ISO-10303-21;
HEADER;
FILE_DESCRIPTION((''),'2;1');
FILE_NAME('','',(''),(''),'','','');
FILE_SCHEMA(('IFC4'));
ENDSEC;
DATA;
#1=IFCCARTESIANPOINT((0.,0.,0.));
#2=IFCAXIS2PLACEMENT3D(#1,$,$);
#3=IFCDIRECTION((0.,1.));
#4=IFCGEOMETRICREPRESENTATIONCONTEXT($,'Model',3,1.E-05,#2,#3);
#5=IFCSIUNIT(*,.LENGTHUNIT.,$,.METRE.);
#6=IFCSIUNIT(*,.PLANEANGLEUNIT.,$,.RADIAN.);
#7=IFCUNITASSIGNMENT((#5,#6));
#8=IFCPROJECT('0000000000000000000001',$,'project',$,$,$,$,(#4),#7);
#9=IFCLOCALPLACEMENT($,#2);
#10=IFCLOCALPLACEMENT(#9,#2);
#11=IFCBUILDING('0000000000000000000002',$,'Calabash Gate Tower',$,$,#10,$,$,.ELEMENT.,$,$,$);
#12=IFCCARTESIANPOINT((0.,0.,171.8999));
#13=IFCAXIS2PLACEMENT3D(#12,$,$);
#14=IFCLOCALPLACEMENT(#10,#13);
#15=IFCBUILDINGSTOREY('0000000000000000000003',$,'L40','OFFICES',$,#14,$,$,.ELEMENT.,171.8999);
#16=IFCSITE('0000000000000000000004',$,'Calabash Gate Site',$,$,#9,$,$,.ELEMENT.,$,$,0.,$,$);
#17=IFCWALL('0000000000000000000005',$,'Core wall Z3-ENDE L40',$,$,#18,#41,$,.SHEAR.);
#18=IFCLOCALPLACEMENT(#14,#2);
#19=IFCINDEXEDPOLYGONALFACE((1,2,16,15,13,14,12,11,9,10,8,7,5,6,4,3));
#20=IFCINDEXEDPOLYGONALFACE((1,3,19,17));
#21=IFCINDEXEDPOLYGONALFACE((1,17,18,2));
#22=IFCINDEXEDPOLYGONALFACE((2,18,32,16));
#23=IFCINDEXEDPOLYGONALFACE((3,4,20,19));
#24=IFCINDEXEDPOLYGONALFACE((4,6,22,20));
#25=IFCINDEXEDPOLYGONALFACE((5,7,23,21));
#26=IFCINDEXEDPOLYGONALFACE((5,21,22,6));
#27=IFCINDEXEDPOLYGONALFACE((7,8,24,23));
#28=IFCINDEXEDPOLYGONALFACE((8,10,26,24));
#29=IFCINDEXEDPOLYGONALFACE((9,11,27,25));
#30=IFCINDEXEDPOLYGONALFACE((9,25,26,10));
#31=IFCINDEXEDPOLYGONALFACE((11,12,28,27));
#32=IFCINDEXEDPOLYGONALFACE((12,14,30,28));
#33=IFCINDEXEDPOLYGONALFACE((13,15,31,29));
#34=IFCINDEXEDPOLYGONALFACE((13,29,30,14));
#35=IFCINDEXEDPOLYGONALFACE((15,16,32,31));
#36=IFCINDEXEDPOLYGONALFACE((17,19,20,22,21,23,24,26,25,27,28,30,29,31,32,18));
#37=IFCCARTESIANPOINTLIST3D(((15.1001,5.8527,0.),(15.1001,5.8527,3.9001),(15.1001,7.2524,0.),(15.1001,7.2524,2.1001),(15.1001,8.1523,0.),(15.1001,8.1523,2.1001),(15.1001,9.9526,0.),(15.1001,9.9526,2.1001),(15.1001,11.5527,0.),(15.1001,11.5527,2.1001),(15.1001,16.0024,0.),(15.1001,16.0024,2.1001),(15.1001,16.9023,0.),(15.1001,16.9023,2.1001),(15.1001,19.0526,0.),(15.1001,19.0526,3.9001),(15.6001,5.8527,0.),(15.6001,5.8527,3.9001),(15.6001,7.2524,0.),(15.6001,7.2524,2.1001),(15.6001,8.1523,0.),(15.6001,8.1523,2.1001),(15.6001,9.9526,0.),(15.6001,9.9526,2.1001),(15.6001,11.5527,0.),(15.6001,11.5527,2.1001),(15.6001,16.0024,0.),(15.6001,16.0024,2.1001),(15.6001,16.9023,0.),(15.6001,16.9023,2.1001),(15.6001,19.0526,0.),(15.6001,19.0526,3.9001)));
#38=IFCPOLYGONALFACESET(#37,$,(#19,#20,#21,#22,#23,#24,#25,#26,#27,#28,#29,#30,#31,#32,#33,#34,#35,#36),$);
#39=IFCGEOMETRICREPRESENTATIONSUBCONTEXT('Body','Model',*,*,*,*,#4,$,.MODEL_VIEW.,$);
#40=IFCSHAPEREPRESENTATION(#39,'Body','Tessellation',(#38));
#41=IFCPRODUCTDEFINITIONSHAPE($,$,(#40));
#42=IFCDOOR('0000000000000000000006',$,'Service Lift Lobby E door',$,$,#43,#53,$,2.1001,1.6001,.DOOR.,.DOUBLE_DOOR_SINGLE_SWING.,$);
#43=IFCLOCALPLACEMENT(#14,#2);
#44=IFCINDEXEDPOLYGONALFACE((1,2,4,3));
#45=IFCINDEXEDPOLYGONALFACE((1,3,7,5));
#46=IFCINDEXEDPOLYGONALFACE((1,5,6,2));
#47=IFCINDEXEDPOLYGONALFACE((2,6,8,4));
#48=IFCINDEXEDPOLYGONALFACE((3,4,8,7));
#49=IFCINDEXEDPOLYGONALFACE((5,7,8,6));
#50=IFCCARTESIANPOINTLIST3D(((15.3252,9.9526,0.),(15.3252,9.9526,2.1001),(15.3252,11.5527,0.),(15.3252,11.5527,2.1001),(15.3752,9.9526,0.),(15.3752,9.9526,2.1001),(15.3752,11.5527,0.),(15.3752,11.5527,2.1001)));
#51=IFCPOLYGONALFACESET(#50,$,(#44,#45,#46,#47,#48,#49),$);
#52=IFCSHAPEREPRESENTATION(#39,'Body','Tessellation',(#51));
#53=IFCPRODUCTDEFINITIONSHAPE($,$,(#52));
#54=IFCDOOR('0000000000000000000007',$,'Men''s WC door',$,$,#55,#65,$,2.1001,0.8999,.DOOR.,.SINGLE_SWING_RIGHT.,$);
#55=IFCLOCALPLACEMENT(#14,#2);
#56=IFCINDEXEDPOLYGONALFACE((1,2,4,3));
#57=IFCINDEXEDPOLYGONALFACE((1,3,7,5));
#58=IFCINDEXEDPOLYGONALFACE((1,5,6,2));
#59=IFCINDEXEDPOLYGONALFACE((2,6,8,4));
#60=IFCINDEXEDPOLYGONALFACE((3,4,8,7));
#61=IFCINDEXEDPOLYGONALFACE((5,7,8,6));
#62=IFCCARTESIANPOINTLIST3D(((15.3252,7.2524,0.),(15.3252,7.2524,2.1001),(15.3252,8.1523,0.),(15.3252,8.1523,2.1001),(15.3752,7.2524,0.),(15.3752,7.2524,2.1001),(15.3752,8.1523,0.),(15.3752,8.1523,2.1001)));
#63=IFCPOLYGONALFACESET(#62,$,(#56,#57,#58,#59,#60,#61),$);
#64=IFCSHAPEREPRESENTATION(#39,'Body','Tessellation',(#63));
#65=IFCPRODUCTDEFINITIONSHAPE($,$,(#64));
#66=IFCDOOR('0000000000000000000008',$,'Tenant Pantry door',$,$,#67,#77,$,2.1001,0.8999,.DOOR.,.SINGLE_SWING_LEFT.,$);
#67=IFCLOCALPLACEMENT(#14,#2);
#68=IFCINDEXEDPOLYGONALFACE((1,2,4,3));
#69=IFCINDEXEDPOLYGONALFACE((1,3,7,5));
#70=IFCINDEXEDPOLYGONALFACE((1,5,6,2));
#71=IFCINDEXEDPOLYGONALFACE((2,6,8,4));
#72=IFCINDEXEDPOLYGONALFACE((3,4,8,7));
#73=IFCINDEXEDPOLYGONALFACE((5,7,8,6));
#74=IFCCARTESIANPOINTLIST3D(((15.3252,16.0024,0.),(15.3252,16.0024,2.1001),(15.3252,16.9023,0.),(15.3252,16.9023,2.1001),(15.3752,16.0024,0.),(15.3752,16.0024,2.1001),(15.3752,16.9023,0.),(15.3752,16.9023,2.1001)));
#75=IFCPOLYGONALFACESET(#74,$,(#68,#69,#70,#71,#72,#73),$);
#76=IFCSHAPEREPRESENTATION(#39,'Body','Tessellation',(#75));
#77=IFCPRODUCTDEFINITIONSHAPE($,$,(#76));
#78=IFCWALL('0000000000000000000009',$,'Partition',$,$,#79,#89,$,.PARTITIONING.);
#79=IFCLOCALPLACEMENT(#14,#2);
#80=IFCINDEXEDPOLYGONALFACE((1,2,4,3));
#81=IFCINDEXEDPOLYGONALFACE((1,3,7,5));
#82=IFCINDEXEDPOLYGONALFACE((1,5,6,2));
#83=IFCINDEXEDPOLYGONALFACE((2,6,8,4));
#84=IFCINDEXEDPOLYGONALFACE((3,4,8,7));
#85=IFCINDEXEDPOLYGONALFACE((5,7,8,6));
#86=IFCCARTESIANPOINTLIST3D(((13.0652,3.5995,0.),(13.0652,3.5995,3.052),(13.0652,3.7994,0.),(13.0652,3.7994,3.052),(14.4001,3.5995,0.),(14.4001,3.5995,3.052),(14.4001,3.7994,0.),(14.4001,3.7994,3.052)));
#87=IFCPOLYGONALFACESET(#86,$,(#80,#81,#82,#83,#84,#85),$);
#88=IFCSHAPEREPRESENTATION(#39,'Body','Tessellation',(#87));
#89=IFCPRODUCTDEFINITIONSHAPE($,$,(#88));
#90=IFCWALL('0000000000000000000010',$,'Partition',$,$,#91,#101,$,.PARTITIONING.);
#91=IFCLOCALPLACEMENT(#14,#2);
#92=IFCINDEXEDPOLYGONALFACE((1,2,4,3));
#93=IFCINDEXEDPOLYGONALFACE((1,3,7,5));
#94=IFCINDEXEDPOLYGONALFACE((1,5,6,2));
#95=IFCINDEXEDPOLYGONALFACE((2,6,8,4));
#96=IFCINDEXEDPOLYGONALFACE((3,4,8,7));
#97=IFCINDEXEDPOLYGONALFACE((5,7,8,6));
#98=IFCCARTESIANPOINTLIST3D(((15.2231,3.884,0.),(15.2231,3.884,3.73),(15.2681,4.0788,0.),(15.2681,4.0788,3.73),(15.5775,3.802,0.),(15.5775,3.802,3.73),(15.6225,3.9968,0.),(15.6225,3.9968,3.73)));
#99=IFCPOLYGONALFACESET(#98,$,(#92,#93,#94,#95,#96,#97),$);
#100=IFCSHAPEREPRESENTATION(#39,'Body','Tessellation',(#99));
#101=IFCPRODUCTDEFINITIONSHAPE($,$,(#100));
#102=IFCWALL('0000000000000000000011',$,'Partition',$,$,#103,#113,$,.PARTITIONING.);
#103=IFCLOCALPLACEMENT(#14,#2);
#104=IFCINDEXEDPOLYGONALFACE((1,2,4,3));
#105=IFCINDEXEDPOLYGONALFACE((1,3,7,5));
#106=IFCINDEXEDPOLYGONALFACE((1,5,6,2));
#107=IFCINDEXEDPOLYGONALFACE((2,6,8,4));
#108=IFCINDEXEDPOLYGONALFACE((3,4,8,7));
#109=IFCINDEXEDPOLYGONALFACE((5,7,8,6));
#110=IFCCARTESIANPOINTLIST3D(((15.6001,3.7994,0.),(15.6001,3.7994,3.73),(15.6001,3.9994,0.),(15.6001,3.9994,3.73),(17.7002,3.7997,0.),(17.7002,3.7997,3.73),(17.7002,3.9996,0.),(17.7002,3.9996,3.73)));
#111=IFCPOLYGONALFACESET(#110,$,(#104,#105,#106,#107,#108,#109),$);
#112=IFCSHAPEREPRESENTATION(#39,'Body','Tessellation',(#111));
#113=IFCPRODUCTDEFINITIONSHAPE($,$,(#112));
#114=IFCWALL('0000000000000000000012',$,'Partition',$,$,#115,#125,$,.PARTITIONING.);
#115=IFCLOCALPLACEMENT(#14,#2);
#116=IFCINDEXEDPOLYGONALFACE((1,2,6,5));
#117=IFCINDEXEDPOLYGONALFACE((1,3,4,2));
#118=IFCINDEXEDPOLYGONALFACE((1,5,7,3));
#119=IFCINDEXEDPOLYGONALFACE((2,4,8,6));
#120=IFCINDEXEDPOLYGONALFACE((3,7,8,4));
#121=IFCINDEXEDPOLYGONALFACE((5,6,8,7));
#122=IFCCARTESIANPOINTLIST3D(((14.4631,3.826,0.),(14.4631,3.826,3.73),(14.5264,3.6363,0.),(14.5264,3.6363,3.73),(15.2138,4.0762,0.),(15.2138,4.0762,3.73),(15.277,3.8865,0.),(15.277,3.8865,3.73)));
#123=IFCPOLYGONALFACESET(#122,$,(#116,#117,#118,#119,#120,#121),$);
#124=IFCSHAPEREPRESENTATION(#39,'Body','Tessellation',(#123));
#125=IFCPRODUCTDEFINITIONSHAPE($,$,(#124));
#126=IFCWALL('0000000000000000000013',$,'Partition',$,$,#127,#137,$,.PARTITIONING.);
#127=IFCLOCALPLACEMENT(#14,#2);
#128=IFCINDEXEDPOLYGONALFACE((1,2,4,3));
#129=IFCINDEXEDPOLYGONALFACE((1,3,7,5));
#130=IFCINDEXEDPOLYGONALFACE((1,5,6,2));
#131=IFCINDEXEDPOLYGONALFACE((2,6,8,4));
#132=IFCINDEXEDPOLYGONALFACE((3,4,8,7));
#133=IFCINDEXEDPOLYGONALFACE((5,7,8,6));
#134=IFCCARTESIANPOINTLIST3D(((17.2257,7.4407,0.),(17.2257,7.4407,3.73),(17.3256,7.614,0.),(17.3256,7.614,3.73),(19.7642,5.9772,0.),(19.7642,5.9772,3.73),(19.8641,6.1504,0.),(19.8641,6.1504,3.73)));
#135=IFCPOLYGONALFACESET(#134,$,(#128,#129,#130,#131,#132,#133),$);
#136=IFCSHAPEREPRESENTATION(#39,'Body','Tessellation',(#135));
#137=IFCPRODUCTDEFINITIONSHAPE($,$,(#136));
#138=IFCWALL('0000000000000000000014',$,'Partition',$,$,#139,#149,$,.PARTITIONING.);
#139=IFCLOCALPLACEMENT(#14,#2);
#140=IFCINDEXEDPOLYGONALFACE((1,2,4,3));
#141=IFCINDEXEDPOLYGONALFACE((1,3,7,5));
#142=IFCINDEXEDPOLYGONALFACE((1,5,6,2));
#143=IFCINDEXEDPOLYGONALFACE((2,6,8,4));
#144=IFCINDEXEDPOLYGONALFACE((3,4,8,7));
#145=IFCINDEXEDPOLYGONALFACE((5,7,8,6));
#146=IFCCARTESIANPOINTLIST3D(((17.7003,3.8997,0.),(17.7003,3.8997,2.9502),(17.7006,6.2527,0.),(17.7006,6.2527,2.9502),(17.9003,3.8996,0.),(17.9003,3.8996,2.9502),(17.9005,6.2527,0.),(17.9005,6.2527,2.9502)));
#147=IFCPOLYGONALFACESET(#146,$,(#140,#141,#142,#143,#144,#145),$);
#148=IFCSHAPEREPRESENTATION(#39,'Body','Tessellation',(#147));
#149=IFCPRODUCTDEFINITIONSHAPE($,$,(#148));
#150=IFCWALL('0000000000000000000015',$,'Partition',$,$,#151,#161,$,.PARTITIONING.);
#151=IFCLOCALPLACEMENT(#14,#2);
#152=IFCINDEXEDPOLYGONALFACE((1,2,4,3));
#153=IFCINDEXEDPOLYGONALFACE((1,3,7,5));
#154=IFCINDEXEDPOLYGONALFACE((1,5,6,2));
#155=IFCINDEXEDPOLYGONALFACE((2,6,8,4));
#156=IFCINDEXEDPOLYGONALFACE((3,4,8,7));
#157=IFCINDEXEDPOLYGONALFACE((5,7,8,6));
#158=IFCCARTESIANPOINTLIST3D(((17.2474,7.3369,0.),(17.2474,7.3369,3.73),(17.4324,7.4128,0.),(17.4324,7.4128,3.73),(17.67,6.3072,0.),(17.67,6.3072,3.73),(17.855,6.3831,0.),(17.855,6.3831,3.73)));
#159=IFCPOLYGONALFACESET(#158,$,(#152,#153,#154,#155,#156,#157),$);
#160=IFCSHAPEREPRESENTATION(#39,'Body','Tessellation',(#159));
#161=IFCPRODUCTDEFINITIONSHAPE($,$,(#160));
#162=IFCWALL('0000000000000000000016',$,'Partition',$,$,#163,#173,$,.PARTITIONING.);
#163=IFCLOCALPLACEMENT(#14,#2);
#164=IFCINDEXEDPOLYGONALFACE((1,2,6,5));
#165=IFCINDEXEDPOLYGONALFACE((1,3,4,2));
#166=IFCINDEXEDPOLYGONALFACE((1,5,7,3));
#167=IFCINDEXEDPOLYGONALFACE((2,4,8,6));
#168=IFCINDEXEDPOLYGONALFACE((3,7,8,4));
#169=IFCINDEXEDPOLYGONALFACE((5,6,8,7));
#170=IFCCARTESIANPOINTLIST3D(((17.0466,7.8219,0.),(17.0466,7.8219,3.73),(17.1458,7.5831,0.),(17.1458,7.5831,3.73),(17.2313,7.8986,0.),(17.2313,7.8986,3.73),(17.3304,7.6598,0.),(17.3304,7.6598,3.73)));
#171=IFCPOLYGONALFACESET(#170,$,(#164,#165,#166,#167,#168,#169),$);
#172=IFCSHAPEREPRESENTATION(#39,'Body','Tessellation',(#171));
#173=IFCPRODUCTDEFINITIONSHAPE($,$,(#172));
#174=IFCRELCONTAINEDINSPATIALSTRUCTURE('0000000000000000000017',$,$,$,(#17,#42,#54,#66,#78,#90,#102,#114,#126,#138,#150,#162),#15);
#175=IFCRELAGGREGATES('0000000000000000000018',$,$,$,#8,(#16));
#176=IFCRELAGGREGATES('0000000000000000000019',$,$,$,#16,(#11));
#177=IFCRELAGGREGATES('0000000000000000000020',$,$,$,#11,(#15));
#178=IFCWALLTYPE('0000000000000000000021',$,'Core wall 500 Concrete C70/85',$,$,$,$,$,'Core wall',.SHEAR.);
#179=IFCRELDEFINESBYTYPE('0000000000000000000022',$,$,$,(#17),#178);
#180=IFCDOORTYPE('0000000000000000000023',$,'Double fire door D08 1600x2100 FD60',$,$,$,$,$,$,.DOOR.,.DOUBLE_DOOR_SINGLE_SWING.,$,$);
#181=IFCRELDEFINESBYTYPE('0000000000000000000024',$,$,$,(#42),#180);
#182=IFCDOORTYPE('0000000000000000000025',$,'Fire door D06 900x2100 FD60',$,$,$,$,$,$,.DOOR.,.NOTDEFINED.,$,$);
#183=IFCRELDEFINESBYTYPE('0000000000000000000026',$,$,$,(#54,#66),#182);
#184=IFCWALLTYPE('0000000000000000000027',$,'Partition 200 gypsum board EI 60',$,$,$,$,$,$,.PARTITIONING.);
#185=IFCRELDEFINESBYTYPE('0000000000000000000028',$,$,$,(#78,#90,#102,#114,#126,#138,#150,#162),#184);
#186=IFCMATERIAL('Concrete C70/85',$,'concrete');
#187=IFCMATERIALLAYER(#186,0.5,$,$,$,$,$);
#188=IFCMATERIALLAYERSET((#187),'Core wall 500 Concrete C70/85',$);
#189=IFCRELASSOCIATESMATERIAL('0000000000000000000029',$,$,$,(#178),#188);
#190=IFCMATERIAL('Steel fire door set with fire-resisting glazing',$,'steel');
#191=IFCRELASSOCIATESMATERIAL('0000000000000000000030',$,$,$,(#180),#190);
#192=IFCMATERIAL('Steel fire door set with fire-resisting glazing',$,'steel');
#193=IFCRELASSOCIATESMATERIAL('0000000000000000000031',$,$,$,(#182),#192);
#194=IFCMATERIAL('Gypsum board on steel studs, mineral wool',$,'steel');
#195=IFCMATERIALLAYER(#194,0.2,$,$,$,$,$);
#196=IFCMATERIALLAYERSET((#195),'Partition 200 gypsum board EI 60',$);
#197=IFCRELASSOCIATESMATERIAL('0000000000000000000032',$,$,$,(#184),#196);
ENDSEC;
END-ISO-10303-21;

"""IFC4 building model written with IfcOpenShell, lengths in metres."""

from ifc_helpers import new_model, si_unit, direction, frame, frame_2d, origin, place, context, subcontext, project, spatial, rectangle, extrude, material, layer, layer_set, type_object, element, fill, save


model = new_model("IFC4")

# Units and contexts
model_context = context("Model", 3, precision=1e-05, world=origin(), true_north=direction((0.0, 1.0)))
body_context = subcontext(model_context, "Body", "Model", "MODEL_VIEW")
ifc_project = project(units=[si_unit("LENGTHUNIT", "METRE"), si_unit("PLANEANGLEUNIT", "RADIAN")], contexts=[model_context])

# Site, building, storey
site_placement = place(None, origin())
site = spatial("IfcSite", under=ifc_project, at=site_placement, Name="Calabash Gate Site", CompositionType="ELEMENT", RefElevation=0.0)
building_placement = place(site_placement, origin())
building = spatial("IfcBuilding", under=site, at=building_placement, Name="Calabash Gate Tower", CompositionType="ELEMENT")
storey_placement = place(building_placement, frame((0.0, 0.0, 171.8999)))
storey = spatial("IfcBuildingStorey", under=building, at=storey_placement, Name="L40", Description="OFFICES", CompositionType="ELEMENT", Elevation=171.8999)

# Shared definitions
ifc_material_1 = material(Name="Concrete C70/85", Category="concrete")
ifc_layer_1 = layer(ifc_material_1, 0.5)
ifc_layer_set_1 = layer_set([ifc_layer_1], Name="Core wall 500 Concrete C70/85")
wall_type_1 = type_object("IfcWallType", Name="Core wall 500 Concrete C70/85", ElementType="Core wall", PredefinedType="SHEAR", material=ifc_layer_set_1)

# Wall, openings, doors
wall_1_placement = place(storey_placement, frame((15.3501, 5.8525, 0.0), z_axis=(0.0, 0.0, 1.0), x_axis=(0.0, 1.0, 0.0)))
wall_1 = element("IfcWall", 1, at=wall_1_placement, inside=storey, type_object=wall_type_1, Name="Core wall Z3-ENDE L40", PredefinedType="SHEAR", context=body_context, shape_type="SweptSolid", body=[
    extrude(rectangle(XDim=13.2, YDim=0.5, at=frame_2d((6.6001, 0.0))), origin(), (0.0, 0.0, 1.0), 3.9001),
])
opening_1_placement = place(wall_1_placement, frame((4.1001, 0.0, 0.0)))
opening_1 = element("IfcOpeningElement", 2, at=opening_1_placement, cuts=wall_1, PredefinedType="OPENING", context=body_context, shape_type="SweptSolid", body=[
    extrude(rectangle(XDim=1.6001, YDim=2.1001, at=frame_2d((0.8, 1.05))), frame((0.0, 0.26, 0.0), z_axis=(0.0, -1.0, 0.0), x_axis=(1.0, 0.0, 0.0)), (0.0, 0.0, 1.0), 0.52),
])
opening_2_placement = place(wall_1_placement, frame((1.3999, 0.0, 0.0)))
opening_2 = element("IfcOpeningElement", 3, at=opening_2_placement, cuts=wall_1, PredefinedType="OPENING", context=body_context, shape_type="SweptSolid", body=[
    extrude(rectangle(XDim=0.8999, YDim=2.1001, at=frame_2d((0.45, 1.05))), frame((0.0, 0.26, 0.0), z_axis=(0.0, -1.0, 0.0), x_axis=(1.0, 0.0, 0.0)), (0.0, 0.0, 1.0), 0.52),
])
opening_3_placement = place(wall_1_placement, frame((10.1499, 0.0, 0.0)))
opening_3 = element("IfcOpeningElement", 4, at=opening_3_placement, cuts=wall_1, PredefinedType="OPENING", context=body_context, shape_type="SweptSolid", body=[
    extrude(rectangle(XDim=0.8999, YDim=2.1001, at=frame_2d((0.45, 1.05))), frame((0.0, 0.26, 0.0), z_axis=(0.0, -1.0, 0.0), x_axis=(1.0, 0.0, 0.0)), (0.0, 0.0, 1.0), 0.52),
])
ifc_material_2 = material(Name="Steel fire door set with fire-resisting glazing", Category="steel")
door_type_1 = type_object("IfcDoorType", Name="Double fire door D08 1600x2100 FD60", OperationType="DOUBLE_DOOR_SINGLE_SWING", PredefinedType="DOOR", material=ifc_material_2)
door_1_placement = place(opening_1_placement, origin())
door_1 = element("IfcDoor", 5, at=door_1_placement, inside=storey, type_object=door_type_1, Name="Service Lift Lobby E door", OperationType="DOUBLE_DOOR_SINGLE_SWING", OverallHeight=2.1001, OverallWidth=1.6001, PredefinedType="DOOR", context=body_context, shape_type="SweptSolid", body=[
    extrude(rectangle(XDim=1.6001, YDim=2.1001, at=frame_2d((0.8, 1.05))), frame((0.0, 0.0249, 0.0), z_axis=(0.0, -1.0, 0.0), x_axis=(1.0, 0.0, 0.0)), (0.0, 0.0, 1.0), 0.05),
])
fill(opening_1, door_1)
ifc_material_3 = material(Name="Steel fire door set with fire-resisting glazing", Category="steel")
door_type_2 = type_object("IfcDoorType", Name="Fire door D06 900x2100 FD60", OperationType="NOTDEFINED", PredefinedType="DOOR", material=ifc_material_3)
door_2_placement = place(opening_2_placement, origin())
door_2 = element("IfcDoor", 6, at=door_2_placement, inside=storey, type_object=door_type_2, Name="Men's WC door", OperationType="SINGLE_SWING_RIGHT", OverallHeight=2.1001, OverallWidth=0.8999, PredefinedType="DOOR", context=body_context, shape_type="SweptSolid", body=[
    extrude(rectangle(XDim=0.8999, YDim=2.1001, at=frame_2d((0.45, 1.05))), frame((0.0, 0.0249, 0.0), z_axis=(0.0, -1.0, 0.0), x_axis=(1.0, 0.0, 0.0)), (0.0, 0.0, 1.0), 0.05),
])
fill(opening_2, door_2)
door_3_placement = place(opening_3_placement, origin())
door_3 = element("IfcDoor", 7, at=door_3_placement, inside=storey, type_object=door_type_2, Name="Tenant Pantry door", OperationType="SINGLE_SWING_LEFT", OverallHeight=2.1001, OverallWidth=0.8999, PredefinedType="DOOR", context=body_context, shape_type="SweptSolid", body=[
    extrude(rectangle(XDim=0.8999, YDim=2.1001, at=frame_2d((0.45, 1.05))), frame((0.0, 0.0249, 0.0), z_axis=(0.0, -1.0, 0.0), x_axis=(1.0, 0.0, 0.0)), (0.0, 0.0, 1.0), 0.05),
])
fill(opening_3, door_3)

# Walls
ifc_material_4 = material(Name="Gypsum board on steel studs, mineral wool", Category="steel")
ifc_layer_2 = layer(ifc_material_4, 0.2)
ifc_layer_set_2 = layer_set([ifc_layer_2], Name="Partition 200 gypsum board EI 60")
wall_type_2 = type_object("IfcWallType", Name="Partition 200 gypsum board EI 60", PredefinedType="PARTITIONING", material=ifc_layer_set_2)
wall_2_placement = place(storey_placement, frame((13.0652, 3.6995, 0.0), z_axis=(0.0, 0.0, 1.0), x_axis=(1.0, 0.0, 0.0)))
element("IfcWall", 8, at=wall_2_placement, inside=storey, type_object=wall_type_2, Name="Partition", PredefinedType="PARTITIONING", context=body_context, shape_type="SweptSolid", body=[
    extrude(rectangle(XDim=1.335, YDim=0.2, at=frame_2d((0.6675, 0.0))), origin(), (0.0, 0.0, 1.0), 3.052),
])
wall_3_placement = place(storey_placement, frame((15.2456, 3.9814, 0.0), z_axis=(0.0, 0.0, 1.0), x_axis=(0.974255, -0.225448, 0.0)))
element("IfcWall", 9, at=wall_3_placement, inside=storey, type_object=wall_type_2, Name="Partition", PredefinedType="PARTITIONING", context=body_context, shape_type="SweptSolid", body=[
    extrude(rectangle(XDim=0.3638, YDim=0.2, at=frame_2d((0.1819, 0.0))), origin(), (0.0, 0.0, 1.0), 3.73),
])
wall_4_placement = place(storey_placement, frame((15.6001, 3.8994, 0.0), z_axis=(0.0, 0.0, 1.0), x_axis=(1.0, 0.000116, 0.0)))
element("IfcWall", 10, at=wall_4_placement, inside=storey, type_object=wall_type_2, Name="Partition", PredefinedType="PARTITIONING", context=body_context, shape_type="SweptSolid", body=[
    extrude(rectangle(XDim=2.1001, YDim=0.2, at=frame_2d((1.05, 0.0))), origin(), (0.0, 0.0, 1.0), 3.73),
])
wall_5_placement = place(storey_placement, frame((14.4949, 3.7312, 0.0), z_axis=(0.0, 0.0, 1.0), x_axis=(0.948683, 0.316228, 0.0)))
element("IfcWall", 11, at=wall_5_placement, inside=storey, type_object=wall_type_2, Name="Partition", PredefinedType="PARTITIONING", context=body_context, shape_type="SweptSolid", body=[
    extrude(rectangle(XDim=0.7913, YDim=0.2, at=frame_2d((0.3955, 0.0))), origin(), (0.0, 0.0, 1.0), 3.73),
])
wall_6_placement = place(storey_placement, frame((17.2756, 7.5273, 0.0), z_axis=(0.0, 0.0, 1.0), x_axis=(0.866324, -0.499482, 0.0)))
element("IfcWall", 12, at=wall_6_placement, inside=storey, type_object=wall_type_2, Name="Partition", PredefinedType="PARTITIONING", context=body_context, shape_type="SweptSolid", body=[
    extrude(rectangle(XDim=2.9302, YDim=0.2, at=frame_2d((1.4651, 0.0))), origin(), (0.0, 0.0, 1.0), 3.73),
])
wall_7_placement = place(storey_placement, frame((17.8003, 3.8997, 0.0), z_axis=(0.0, 0.0, 1.0), x_axis=(0.000104, 1.0, 0.0)))
element("IfcWall", 13, at=wall_7_placement, inside=storey, type_object=wall_type_2, Name="Partition", PredefinedType="PARTITIONING", context=body_context, shape_type="SweptSolid", body=[
    extrude(rectangle(XDim=2.353, YDim=0.2, at=frame_2d((1.1765, 0.0))), origin(), (0.0, 0.0, 1.0), 2.9502),
])
wall_8_placement = place(storey_placement, frame((17.3398, 7.375, 0.0), z_axis=(0.0, 0.0, 1.0), x_axis=(0.379657, -0.925127, 0.0)))
element("IfcWall", 14, at=wall_8_placement, inside=storey, type_object=wall_type_2, Name="Partition", PredefinedType="PARTITIONING", context=body_context, shape_type="SweptSolid", body=[
    extrude(rectangle(XDim=1.113, YDim=0.2, at=frame_2d((0.5566, 0.0))), origin(), (0.0, 0.0, 1.0), 3.73),
])
wall_9_placement = place(storey_placement, frame((17.1389, 7.8604, 0.0), z_axis=(0.0, 0.0, 1.0), x_axis=(0.383408, -0.923579, 0.0)))
element("IfcWall", 15, at=wall_9_placement, inside=storey, type_object=wall_type_2, Name="Partition", PredefinedType="PARTITIONING", context=body_context, shape_type="SweptSolid", body=[
    extrude(rectangle(XDim=0.2585, YDim=0.2, at=frame_2d((0.1294, 0.0))), origin(), (0.0, 0.0, 1.0), 3.73),
])

save(model, "model.ifc")
